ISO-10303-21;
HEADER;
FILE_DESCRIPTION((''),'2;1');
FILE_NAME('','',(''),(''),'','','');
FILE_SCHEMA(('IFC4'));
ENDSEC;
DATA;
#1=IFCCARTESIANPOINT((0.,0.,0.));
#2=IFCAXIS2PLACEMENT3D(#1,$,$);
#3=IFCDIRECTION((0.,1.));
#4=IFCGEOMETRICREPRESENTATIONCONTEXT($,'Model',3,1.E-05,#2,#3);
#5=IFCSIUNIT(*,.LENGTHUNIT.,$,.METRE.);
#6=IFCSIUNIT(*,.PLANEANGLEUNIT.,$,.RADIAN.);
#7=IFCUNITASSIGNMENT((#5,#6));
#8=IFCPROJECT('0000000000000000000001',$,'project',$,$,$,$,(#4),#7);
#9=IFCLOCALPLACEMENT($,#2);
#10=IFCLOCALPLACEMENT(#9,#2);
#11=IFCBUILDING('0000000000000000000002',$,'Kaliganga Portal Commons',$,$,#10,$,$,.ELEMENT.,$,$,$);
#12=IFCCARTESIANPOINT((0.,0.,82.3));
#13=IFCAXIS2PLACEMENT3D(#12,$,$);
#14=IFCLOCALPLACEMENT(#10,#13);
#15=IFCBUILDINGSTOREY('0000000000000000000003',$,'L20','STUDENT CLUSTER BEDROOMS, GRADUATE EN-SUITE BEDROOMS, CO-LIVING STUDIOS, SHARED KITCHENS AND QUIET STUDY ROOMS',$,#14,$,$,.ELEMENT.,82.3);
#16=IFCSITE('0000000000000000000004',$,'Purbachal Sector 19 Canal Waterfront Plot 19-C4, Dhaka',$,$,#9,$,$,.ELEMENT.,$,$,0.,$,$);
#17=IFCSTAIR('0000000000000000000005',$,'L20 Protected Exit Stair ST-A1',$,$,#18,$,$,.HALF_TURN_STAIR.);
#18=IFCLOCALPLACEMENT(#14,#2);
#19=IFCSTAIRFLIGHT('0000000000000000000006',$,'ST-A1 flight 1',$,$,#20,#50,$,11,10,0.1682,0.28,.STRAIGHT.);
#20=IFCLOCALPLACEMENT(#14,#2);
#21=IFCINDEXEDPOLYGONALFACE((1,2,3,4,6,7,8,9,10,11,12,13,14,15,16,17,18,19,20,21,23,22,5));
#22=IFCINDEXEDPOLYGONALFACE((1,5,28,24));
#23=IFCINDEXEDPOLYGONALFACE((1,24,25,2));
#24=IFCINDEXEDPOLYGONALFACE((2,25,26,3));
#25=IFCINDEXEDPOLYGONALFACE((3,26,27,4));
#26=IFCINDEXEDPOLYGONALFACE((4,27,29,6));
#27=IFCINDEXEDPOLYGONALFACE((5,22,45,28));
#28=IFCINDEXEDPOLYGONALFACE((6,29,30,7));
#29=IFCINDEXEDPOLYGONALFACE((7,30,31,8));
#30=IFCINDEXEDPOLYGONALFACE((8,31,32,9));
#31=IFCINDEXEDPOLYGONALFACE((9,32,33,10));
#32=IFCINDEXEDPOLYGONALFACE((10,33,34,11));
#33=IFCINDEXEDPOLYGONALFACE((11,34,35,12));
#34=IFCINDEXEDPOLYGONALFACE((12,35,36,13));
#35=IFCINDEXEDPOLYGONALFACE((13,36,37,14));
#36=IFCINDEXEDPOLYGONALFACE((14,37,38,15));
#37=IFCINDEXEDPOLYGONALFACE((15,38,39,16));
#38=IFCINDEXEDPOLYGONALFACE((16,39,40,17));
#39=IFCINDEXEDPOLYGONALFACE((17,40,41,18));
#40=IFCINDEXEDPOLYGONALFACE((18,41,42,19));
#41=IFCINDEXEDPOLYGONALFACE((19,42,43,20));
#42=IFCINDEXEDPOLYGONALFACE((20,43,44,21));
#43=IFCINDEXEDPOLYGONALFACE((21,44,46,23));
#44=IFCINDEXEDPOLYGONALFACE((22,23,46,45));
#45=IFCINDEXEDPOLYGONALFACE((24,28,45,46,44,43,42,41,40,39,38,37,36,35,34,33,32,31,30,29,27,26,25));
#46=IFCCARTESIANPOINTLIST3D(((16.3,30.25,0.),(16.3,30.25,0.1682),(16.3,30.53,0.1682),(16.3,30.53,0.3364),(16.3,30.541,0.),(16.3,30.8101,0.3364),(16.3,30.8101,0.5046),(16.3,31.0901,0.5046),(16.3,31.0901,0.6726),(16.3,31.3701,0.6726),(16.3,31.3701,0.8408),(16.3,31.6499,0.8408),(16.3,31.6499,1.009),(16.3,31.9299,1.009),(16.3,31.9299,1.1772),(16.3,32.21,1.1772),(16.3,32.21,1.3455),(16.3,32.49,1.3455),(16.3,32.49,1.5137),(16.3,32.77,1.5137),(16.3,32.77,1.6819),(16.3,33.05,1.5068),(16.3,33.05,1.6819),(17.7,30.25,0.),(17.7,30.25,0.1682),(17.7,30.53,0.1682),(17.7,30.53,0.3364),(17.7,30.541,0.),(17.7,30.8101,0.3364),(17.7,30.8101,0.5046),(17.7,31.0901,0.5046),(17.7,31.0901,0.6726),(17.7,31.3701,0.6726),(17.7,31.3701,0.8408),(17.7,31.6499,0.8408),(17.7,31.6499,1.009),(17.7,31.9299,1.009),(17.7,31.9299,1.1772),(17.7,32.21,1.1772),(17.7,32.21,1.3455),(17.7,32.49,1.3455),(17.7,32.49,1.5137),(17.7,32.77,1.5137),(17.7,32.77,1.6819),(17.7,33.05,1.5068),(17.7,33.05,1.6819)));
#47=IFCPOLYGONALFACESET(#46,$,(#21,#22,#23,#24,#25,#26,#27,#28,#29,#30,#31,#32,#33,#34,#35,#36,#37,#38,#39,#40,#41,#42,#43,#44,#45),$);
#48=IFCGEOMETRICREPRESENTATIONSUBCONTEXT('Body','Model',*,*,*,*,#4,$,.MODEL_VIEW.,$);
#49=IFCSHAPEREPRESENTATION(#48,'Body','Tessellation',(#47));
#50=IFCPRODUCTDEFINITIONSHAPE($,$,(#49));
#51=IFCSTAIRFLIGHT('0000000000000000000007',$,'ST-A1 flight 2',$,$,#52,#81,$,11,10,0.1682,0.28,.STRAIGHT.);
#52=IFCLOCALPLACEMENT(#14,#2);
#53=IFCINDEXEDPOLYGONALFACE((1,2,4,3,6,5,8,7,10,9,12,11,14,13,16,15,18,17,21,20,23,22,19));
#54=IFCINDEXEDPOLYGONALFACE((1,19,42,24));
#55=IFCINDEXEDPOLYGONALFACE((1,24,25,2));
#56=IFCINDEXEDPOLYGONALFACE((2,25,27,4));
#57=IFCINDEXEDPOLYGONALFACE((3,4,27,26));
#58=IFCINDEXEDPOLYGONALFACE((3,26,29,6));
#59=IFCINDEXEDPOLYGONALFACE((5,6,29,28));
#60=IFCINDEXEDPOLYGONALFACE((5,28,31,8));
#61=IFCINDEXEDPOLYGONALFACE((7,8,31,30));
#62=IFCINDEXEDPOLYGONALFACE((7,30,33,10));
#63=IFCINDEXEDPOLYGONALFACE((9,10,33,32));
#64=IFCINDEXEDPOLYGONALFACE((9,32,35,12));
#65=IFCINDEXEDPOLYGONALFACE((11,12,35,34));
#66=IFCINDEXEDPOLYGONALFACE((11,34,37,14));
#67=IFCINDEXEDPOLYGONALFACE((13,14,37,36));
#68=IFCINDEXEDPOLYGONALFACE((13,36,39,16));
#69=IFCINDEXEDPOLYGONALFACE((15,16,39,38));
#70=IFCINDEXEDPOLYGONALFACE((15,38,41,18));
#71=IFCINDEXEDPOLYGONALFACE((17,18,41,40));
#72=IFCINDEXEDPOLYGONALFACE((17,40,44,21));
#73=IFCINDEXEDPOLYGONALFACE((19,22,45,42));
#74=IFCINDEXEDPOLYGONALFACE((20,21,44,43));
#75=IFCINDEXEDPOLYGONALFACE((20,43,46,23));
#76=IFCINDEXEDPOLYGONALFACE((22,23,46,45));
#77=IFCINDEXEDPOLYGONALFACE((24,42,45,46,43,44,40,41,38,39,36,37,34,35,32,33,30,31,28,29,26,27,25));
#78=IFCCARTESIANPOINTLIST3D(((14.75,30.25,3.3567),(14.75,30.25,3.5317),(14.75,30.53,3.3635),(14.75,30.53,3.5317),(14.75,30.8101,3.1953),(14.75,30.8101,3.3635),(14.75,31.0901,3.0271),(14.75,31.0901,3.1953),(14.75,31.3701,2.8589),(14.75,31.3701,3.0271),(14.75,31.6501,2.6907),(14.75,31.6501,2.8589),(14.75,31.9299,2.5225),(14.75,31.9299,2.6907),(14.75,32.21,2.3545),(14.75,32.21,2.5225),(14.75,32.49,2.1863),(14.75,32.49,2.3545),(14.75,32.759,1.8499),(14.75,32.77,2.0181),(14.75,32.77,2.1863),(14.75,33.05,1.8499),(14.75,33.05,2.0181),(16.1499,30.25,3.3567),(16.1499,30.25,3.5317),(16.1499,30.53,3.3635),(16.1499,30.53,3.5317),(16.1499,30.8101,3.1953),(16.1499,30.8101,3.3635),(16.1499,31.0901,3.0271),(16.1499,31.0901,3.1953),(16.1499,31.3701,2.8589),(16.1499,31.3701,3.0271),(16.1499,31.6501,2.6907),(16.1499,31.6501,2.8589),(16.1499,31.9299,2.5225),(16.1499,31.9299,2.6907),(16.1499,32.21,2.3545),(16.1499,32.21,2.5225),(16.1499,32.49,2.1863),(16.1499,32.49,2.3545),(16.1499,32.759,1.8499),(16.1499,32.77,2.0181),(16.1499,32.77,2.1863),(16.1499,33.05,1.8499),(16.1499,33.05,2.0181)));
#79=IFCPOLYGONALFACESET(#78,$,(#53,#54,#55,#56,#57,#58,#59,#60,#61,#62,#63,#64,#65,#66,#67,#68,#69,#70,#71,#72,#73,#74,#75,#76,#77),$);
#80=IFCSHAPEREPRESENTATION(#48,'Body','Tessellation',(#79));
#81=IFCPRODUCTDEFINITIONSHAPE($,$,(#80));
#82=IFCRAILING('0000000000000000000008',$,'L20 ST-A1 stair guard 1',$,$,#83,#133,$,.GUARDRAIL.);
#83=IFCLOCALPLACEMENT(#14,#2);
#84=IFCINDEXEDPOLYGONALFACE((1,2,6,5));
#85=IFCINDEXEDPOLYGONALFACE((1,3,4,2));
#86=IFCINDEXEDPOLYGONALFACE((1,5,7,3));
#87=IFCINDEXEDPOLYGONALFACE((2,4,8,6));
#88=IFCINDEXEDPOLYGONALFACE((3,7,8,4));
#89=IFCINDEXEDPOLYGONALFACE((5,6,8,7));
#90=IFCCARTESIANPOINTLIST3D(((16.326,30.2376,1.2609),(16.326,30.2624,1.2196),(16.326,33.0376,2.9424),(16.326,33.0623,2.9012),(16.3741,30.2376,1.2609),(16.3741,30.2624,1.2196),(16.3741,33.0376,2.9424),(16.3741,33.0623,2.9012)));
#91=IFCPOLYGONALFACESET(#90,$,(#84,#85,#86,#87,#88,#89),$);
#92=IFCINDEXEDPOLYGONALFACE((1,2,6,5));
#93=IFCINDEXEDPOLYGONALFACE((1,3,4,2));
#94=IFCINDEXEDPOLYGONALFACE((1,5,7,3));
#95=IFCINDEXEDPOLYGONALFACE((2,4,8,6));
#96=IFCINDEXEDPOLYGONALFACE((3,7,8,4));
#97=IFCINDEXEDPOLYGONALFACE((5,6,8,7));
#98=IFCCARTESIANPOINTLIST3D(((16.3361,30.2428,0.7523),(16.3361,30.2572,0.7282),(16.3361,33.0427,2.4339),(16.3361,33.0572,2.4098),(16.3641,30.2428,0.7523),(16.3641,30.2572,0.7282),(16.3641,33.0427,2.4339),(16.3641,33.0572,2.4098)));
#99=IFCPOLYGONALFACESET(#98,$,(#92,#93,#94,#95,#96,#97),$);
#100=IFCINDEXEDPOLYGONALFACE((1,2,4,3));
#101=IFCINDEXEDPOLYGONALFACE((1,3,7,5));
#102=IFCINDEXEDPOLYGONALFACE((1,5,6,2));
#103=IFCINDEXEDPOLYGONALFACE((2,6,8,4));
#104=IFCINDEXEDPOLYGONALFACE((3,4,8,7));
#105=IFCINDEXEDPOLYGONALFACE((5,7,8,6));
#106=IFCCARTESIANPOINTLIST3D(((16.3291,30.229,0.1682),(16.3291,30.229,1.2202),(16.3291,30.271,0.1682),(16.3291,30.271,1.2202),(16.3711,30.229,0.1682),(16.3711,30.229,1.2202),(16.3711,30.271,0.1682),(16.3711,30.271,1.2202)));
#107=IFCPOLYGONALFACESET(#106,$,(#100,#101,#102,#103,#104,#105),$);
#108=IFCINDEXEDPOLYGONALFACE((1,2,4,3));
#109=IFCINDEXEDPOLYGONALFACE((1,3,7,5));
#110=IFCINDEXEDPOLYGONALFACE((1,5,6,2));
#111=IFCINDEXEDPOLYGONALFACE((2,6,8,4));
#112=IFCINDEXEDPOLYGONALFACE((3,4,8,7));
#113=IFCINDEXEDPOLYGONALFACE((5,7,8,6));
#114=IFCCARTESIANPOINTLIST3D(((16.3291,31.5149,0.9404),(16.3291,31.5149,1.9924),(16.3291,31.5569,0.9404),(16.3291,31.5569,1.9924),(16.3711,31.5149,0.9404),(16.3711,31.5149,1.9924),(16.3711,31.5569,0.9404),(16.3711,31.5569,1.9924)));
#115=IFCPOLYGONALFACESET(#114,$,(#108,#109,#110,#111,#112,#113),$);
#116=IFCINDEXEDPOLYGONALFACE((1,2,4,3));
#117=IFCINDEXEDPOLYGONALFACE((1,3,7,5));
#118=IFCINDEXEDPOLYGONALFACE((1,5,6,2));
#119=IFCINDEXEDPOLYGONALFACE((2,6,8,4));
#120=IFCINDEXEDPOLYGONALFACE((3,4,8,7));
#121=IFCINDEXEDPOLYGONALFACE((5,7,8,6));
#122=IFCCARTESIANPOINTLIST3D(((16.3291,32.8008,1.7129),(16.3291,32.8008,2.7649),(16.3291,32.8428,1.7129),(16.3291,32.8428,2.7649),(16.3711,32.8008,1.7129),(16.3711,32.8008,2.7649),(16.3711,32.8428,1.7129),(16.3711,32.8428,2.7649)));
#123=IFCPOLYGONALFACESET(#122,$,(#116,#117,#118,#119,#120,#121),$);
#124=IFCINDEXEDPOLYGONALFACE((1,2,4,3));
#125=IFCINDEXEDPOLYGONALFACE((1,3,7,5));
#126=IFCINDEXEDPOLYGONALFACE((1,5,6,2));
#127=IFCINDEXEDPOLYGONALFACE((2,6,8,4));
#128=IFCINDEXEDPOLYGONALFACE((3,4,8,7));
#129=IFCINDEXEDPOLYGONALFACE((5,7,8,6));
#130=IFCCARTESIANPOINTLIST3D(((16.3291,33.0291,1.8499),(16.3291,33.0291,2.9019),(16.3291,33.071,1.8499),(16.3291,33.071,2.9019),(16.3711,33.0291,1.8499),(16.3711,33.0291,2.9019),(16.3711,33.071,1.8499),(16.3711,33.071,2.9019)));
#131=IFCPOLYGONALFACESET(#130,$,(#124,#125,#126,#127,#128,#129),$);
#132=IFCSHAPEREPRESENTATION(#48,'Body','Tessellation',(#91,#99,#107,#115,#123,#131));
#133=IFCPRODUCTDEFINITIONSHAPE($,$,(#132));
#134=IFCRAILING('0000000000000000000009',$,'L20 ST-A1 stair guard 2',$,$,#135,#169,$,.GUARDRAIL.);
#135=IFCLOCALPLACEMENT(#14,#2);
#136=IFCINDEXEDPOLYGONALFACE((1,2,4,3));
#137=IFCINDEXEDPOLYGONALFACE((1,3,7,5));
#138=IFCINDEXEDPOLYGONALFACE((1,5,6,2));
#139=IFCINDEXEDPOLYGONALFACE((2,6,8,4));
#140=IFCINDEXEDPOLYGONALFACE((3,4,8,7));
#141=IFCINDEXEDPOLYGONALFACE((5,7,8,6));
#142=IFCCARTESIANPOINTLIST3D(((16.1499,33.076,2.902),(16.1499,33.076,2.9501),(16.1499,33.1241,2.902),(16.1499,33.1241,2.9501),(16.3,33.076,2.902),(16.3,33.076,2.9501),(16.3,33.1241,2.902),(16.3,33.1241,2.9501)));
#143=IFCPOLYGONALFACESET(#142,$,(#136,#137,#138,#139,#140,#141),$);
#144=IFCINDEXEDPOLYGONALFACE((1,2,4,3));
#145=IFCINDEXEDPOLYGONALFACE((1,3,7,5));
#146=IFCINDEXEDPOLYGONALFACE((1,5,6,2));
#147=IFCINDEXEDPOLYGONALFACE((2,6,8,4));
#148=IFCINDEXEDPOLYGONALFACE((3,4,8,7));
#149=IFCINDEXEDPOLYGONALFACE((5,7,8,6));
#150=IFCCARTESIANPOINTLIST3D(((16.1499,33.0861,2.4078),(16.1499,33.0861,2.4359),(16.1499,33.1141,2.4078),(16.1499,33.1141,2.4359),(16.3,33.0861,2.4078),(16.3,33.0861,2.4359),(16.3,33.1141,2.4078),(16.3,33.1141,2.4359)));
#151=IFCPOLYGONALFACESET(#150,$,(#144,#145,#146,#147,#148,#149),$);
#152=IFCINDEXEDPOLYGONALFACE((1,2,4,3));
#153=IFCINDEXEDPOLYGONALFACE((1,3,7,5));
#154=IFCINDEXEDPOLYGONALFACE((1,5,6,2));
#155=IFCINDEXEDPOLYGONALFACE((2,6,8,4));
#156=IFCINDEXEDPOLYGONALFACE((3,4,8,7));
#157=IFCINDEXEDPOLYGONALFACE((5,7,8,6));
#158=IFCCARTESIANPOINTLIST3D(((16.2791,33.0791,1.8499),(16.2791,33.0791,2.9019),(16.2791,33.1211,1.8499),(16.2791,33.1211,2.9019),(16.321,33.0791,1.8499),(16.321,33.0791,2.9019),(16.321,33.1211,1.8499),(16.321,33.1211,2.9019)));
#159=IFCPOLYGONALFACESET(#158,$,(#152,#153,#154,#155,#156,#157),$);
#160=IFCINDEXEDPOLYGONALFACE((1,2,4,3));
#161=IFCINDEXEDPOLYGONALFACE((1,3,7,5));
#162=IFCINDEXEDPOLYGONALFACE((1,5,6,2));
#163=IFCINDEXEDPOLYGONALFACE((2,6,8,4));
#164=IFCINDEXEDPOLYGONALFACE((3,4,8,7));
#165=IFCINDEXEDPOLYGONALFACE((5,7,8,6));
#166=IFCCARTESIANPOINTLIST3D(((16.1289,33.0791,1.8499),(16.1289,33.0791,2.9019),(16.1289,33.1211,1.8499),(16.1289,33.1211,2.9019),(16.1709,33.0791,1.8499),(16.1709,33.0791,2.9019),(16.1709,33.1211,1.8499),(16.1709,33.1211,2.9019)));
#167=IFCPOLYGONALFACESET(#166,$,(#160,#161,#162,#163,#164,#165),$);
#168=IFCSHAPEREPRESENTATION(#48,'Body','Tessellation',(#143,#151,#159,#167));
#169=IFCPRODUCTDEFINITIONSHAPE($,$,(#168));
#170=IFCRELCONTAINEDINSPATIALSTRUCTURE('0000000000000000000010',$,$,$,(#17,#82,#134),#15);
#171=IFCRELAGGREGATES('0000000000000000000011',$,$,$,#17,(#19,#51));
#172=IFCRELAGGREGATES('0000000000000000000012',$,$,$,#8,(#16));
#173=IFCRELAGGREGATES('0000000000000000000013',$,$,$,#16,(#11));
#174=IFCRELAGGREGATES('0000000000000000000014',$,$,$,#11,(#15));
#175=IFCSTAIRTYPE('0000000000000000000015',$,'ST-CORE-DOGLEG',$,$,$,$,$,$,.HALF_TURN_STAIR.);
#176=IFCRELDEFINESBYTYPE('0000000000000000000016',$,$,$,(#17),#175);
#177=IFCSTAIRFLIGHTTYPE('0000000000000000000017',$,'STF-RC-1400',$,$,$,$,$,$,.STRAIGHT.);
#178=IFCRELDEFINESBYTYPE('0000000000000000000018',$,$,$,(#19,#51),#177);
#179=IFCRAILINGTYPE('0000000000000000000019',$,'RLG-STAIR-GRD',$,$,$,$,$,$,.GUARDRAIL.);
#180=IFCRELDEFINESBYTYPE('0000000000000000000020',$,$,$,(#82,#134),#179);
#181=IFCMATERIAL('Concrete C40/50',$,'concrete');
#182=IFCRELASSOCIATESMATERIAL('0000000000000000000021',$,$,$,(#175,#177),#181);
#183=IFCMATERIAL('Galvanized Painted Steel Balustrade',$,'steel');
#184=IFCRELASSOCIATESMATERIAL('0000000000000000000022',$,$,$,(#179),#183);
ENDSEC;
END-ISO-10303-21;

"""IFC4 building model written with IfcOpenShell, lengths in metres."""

from ifc_helpers import new_model, si_unit, direction, frame, origin, origin_2d, place, context, subcontext, project, spatial, polyline, rectangle, outline, extrude, material, type_object, element, aggregate, save


model = new_model("IFC4")

# Units and contexts
model_context = context("Model", 3, precision=1e-05, world=origin(), true_north=direction((0.0, 1.0)))
body_context = subcontext(model_context, "Body", "Model", "MODEL_VIEW")
ifc_project = project(units=[si_unit("LENGTHUNIT", "METRE"), si_unit("PLANEANGLEUNIT", "RADIAN")], contexts=[model_context])

# Site, building, storey
site_placement = place(None, origin())
site = spatial("IfcSite", under=ifc_project, at=site_placement, Name="Purbachal Sector 19 Canal Waterfront Plot 19-C4, Dhaka", CompositionType="ELEMENT", RefElevation=0.0)
building_placement = place(site_placement, origin())
building = spatial("IfcBuilding", under=site, at=building_placement, Name="Kaliganga Portal Commons", CompositionType="ELEMENT")
storey_placement = place(building_placement, frame((0.0, 0.0, 82.3)))
storey = spatial("IfcBuildingStorey", under=building, at=storey_placement, Name="L20", Description="STUDENT CLUSTER BEDROOMS, GRADUATE EN-SUITE BEDROOMS, CO-LIVING STUDIOS, SHARED KITCHENS AND QUIET STUDY ROOMS", CompositionType="ELEMENT", Elevation=82.3)

# Stair, stair flights
ifc_material_1 = material(Name="Concrete C40/50", Category="concrete")
stair_type = type_object("IfcStairType", Name="ST-CORE-DOGLEG", PredefinedType="HALF_TURN_STAIR", material=ifc_material_1)
stair_placement = place(storey_placement, origin())
stair = element("IfcStair", 1, at=stair_placement, inside=storey, type_object=stair_type, Name="L20 Protected Exit Stair ST-A1", PredefinedType="HALF_TURN_STAIR")
stair_flight_type = type_object("IfcStairFlightType", Name="STF-RC-1400", PredefinedType="STRAIGHT", material=ifc_material_1)
stair_flight_1_placement = place(storey_placement, frame((17.0, 30.25, 0.0), z_axis=(0.0, 0.0, 1.0), x_axis=(0.0, 1.0, 0.0)))
stair_flight_1 = element("IfcStairFlight", 2, at=stair_flight_1_placement, type_object=stair_flight_type, Name="ST-A1 flight 1", NumberOfRisers=11, NumberOfTreads=10, PredefinedType="STRAIGHT", RiserHeight=0.1682, TreadLength=0.28, context=body_context, shape_type="SweptSolid", body=[
    extrude(outline(polyline([(0.0, 0.0), (0.0, 0.1682), (0.28, 0.1682), (0.28, 0.3364), (0.5601, 0.3364), (0.5601, 0.5046), (0.8401, 0.5046), (0.8401, 0.6726), (1.1201, 0.6726), (1.1201, 0.8408), (1.3999, 0.8408), (1.3999, 1.009), (1.6799, 1.009), (1.6799, 1.1772), (1.96, 1.1772), (1.96, 1.3455), (2.24, 1.3455), (2.24, 1.5137), (2.52, 1.5137), (2.52, 1.6819), (2.8, 1.6819), (2.8, 1.8501), (2.8, 1.5068), (0.291, 0.0), (0.0, 0.0)])), frame((0.0, 0.7, 0.0), z_axis=(0.0, -1.0, 0.0), x_axis=(1.0, 0.0, 0.0)), (0.0, 0.0, 1.0), 1.3999),
])
stair_flight_2_placement = place(storey_placement, frame((15.45, 33.05, 1.8499), z_axis=(0.0, 0.0, 1.0), x_axis=(0.0, -1.0, 0.0)))
stair_flight_2 = element("IfcStairFlight", 3, at=stair_flight_2_placement, type_object=stair_flight_type, Name="ST-A1 flight 2", NumberOfRisers=11, NumberOfTreads=10, PredefinedType="STRAIGHT", RiserHeight=0.1682, TreadLength=0.28, context=body_context, shape_type="SweptSolid", body=[
    extrude(outline(polyline([(0.0, 0.0), (0.0, 0.1682), (0.28, 0.1682), (0.28, 0.3364), (0.5601, 0.3364), (0.5601, 0.5046), (0.8401, 0.5046), (0.8401, 0.6726), (1.1201, 0.6726), (1.1201, 0.8408), (1.3999, 0.8408), (1.3999, 1.009), (1.6799, 1.009), (1.6799, 1.1772), (1.96, 1.1772), (1.96, 1.3455), (2.24, 1.3455), (2.24, 1.5137), (2.52, 1.5137), (2.52, 1.6819), (2.8, 1.6819), (2.8, 1.8501), (2.8, 1.5068), (0.291, 0.0), (0.0, 0.0)])), frame((0.0, 0.7, 0.0), z_axis=(0.0, -1.0, 0.0), x_axis=(1.0, 0.0, 0.0)), (0.0, 0.0, 1.0), 1.3999),
])
aggregate(stair, [stair_flight_1, stair_flight_2])

# Railings
ifc_material_2 = material(Name="Galvanized Painted Steel Balustrade", Category="steel")
railing_type_1 = type_object("IfcRailingType", Name="RLG-STAIR-GRD", PredefinedType="GUARDRAIL", material=ifc_material_2)
railing_1_placement = place(storey_placement, frame((16.3501, 30.25, 0.1682)))
element("IfcRailing", 4, at=railing_1_placement, inside=storey, type_object=railing_type_1, Name="L20 ST-A1 stair guard 1", PredefinedType="GUARDRAIL", context=body_context, shape_type="SweptSolid", body=[
    extrude(rectangle(XDim=0.0481, YDim=0.0481, at=origin_2d()), frame((0.0, 0.0, 1.072), z_axis=(0.0, 0.857275, 0.514858), x_axis=(-1.0, 0.0, 0.0)), (0.0, 0.0, 1.0), 3.2661),
    extrude(rectangle(XDim=0.0281, YDim=0.0281, at=origin_2d()), frame((0.0, 0.0, 0.572), z_axis=(0.0, 0.857275, 0.514858), x_axis=(-1.0, 0.0, 0.0)), (0.0, 0.0, 1.0), 3.2661),
    extrude(rectangle(XDim=0.042, YDim=0.042, at=origin_2d()), origin(), (0.0, 0.0, 1.0), 1.052),
    extrude(rectangle(XDim=0.042, YDim=0.042, at=origin_2d()), frame((0.0, 1.2859, 0.7722)), (0.0, 0.0, 1.0), 1.052),
    extrude(rectangle(XDim=0.042, YDim=0.042, at=origin_2d()), frame((0.0, 2.5718, 1.5447)), (0.0, 0.0, 1.0), 1.052),
    extrude(rectangle(XDim=0.042, YDim=0.042, at=origin_2d()), frame((0.0, 2.8, 1.6816)), (0.0, 0.0, 1.0), 1.052),
])
railing_2_placement = place(storey_placement, frame((16.3, 33.1001, 1.8499)))
element("IfcRailing", 5, at=railing_2_placement, inside=storey, type_object=railing_type_1, Name="L20 ST-A1 stair guard 2", PredefinedType="GUARDRAIL", context=body_context, shape_type="SweptSolid", body=[
    extrude(rectangle(XDim=0.0481, YDim=0.0481, at=origin_2d()), frame((0.0, 0.0, 1.0762), z_axis=(-1.0, 0.0, 0.0), x_axis=(0.0, -1.0, 0.0)), (0.0, 0.0, 1.0), 0.1501),
    extrude(rectangle(XDim=0.0281, YDim=0.0281, at=origin_2d()), frame((0.0, 0.0, 0.572), z_axis=(-1.0, 0.0, 0.0), x_axis=(0.0, -1.0, 0.0)), (0.0, 0.0, 1.0), 0.1501),
    extrude(rectangle(XDim=0.042, YDim=0.042, at=origin_2d()), origin(), (0.0, 0.0, 1.0), 1.052),
    extrude(rectangle(XDim=0.042, YDim=0.042, at=origin_2d()), frame((-0.1501, 0.0, 0.0)), (0.0, 0.0, 1.0), 1.052),
])

save(model, "model.ifc")
